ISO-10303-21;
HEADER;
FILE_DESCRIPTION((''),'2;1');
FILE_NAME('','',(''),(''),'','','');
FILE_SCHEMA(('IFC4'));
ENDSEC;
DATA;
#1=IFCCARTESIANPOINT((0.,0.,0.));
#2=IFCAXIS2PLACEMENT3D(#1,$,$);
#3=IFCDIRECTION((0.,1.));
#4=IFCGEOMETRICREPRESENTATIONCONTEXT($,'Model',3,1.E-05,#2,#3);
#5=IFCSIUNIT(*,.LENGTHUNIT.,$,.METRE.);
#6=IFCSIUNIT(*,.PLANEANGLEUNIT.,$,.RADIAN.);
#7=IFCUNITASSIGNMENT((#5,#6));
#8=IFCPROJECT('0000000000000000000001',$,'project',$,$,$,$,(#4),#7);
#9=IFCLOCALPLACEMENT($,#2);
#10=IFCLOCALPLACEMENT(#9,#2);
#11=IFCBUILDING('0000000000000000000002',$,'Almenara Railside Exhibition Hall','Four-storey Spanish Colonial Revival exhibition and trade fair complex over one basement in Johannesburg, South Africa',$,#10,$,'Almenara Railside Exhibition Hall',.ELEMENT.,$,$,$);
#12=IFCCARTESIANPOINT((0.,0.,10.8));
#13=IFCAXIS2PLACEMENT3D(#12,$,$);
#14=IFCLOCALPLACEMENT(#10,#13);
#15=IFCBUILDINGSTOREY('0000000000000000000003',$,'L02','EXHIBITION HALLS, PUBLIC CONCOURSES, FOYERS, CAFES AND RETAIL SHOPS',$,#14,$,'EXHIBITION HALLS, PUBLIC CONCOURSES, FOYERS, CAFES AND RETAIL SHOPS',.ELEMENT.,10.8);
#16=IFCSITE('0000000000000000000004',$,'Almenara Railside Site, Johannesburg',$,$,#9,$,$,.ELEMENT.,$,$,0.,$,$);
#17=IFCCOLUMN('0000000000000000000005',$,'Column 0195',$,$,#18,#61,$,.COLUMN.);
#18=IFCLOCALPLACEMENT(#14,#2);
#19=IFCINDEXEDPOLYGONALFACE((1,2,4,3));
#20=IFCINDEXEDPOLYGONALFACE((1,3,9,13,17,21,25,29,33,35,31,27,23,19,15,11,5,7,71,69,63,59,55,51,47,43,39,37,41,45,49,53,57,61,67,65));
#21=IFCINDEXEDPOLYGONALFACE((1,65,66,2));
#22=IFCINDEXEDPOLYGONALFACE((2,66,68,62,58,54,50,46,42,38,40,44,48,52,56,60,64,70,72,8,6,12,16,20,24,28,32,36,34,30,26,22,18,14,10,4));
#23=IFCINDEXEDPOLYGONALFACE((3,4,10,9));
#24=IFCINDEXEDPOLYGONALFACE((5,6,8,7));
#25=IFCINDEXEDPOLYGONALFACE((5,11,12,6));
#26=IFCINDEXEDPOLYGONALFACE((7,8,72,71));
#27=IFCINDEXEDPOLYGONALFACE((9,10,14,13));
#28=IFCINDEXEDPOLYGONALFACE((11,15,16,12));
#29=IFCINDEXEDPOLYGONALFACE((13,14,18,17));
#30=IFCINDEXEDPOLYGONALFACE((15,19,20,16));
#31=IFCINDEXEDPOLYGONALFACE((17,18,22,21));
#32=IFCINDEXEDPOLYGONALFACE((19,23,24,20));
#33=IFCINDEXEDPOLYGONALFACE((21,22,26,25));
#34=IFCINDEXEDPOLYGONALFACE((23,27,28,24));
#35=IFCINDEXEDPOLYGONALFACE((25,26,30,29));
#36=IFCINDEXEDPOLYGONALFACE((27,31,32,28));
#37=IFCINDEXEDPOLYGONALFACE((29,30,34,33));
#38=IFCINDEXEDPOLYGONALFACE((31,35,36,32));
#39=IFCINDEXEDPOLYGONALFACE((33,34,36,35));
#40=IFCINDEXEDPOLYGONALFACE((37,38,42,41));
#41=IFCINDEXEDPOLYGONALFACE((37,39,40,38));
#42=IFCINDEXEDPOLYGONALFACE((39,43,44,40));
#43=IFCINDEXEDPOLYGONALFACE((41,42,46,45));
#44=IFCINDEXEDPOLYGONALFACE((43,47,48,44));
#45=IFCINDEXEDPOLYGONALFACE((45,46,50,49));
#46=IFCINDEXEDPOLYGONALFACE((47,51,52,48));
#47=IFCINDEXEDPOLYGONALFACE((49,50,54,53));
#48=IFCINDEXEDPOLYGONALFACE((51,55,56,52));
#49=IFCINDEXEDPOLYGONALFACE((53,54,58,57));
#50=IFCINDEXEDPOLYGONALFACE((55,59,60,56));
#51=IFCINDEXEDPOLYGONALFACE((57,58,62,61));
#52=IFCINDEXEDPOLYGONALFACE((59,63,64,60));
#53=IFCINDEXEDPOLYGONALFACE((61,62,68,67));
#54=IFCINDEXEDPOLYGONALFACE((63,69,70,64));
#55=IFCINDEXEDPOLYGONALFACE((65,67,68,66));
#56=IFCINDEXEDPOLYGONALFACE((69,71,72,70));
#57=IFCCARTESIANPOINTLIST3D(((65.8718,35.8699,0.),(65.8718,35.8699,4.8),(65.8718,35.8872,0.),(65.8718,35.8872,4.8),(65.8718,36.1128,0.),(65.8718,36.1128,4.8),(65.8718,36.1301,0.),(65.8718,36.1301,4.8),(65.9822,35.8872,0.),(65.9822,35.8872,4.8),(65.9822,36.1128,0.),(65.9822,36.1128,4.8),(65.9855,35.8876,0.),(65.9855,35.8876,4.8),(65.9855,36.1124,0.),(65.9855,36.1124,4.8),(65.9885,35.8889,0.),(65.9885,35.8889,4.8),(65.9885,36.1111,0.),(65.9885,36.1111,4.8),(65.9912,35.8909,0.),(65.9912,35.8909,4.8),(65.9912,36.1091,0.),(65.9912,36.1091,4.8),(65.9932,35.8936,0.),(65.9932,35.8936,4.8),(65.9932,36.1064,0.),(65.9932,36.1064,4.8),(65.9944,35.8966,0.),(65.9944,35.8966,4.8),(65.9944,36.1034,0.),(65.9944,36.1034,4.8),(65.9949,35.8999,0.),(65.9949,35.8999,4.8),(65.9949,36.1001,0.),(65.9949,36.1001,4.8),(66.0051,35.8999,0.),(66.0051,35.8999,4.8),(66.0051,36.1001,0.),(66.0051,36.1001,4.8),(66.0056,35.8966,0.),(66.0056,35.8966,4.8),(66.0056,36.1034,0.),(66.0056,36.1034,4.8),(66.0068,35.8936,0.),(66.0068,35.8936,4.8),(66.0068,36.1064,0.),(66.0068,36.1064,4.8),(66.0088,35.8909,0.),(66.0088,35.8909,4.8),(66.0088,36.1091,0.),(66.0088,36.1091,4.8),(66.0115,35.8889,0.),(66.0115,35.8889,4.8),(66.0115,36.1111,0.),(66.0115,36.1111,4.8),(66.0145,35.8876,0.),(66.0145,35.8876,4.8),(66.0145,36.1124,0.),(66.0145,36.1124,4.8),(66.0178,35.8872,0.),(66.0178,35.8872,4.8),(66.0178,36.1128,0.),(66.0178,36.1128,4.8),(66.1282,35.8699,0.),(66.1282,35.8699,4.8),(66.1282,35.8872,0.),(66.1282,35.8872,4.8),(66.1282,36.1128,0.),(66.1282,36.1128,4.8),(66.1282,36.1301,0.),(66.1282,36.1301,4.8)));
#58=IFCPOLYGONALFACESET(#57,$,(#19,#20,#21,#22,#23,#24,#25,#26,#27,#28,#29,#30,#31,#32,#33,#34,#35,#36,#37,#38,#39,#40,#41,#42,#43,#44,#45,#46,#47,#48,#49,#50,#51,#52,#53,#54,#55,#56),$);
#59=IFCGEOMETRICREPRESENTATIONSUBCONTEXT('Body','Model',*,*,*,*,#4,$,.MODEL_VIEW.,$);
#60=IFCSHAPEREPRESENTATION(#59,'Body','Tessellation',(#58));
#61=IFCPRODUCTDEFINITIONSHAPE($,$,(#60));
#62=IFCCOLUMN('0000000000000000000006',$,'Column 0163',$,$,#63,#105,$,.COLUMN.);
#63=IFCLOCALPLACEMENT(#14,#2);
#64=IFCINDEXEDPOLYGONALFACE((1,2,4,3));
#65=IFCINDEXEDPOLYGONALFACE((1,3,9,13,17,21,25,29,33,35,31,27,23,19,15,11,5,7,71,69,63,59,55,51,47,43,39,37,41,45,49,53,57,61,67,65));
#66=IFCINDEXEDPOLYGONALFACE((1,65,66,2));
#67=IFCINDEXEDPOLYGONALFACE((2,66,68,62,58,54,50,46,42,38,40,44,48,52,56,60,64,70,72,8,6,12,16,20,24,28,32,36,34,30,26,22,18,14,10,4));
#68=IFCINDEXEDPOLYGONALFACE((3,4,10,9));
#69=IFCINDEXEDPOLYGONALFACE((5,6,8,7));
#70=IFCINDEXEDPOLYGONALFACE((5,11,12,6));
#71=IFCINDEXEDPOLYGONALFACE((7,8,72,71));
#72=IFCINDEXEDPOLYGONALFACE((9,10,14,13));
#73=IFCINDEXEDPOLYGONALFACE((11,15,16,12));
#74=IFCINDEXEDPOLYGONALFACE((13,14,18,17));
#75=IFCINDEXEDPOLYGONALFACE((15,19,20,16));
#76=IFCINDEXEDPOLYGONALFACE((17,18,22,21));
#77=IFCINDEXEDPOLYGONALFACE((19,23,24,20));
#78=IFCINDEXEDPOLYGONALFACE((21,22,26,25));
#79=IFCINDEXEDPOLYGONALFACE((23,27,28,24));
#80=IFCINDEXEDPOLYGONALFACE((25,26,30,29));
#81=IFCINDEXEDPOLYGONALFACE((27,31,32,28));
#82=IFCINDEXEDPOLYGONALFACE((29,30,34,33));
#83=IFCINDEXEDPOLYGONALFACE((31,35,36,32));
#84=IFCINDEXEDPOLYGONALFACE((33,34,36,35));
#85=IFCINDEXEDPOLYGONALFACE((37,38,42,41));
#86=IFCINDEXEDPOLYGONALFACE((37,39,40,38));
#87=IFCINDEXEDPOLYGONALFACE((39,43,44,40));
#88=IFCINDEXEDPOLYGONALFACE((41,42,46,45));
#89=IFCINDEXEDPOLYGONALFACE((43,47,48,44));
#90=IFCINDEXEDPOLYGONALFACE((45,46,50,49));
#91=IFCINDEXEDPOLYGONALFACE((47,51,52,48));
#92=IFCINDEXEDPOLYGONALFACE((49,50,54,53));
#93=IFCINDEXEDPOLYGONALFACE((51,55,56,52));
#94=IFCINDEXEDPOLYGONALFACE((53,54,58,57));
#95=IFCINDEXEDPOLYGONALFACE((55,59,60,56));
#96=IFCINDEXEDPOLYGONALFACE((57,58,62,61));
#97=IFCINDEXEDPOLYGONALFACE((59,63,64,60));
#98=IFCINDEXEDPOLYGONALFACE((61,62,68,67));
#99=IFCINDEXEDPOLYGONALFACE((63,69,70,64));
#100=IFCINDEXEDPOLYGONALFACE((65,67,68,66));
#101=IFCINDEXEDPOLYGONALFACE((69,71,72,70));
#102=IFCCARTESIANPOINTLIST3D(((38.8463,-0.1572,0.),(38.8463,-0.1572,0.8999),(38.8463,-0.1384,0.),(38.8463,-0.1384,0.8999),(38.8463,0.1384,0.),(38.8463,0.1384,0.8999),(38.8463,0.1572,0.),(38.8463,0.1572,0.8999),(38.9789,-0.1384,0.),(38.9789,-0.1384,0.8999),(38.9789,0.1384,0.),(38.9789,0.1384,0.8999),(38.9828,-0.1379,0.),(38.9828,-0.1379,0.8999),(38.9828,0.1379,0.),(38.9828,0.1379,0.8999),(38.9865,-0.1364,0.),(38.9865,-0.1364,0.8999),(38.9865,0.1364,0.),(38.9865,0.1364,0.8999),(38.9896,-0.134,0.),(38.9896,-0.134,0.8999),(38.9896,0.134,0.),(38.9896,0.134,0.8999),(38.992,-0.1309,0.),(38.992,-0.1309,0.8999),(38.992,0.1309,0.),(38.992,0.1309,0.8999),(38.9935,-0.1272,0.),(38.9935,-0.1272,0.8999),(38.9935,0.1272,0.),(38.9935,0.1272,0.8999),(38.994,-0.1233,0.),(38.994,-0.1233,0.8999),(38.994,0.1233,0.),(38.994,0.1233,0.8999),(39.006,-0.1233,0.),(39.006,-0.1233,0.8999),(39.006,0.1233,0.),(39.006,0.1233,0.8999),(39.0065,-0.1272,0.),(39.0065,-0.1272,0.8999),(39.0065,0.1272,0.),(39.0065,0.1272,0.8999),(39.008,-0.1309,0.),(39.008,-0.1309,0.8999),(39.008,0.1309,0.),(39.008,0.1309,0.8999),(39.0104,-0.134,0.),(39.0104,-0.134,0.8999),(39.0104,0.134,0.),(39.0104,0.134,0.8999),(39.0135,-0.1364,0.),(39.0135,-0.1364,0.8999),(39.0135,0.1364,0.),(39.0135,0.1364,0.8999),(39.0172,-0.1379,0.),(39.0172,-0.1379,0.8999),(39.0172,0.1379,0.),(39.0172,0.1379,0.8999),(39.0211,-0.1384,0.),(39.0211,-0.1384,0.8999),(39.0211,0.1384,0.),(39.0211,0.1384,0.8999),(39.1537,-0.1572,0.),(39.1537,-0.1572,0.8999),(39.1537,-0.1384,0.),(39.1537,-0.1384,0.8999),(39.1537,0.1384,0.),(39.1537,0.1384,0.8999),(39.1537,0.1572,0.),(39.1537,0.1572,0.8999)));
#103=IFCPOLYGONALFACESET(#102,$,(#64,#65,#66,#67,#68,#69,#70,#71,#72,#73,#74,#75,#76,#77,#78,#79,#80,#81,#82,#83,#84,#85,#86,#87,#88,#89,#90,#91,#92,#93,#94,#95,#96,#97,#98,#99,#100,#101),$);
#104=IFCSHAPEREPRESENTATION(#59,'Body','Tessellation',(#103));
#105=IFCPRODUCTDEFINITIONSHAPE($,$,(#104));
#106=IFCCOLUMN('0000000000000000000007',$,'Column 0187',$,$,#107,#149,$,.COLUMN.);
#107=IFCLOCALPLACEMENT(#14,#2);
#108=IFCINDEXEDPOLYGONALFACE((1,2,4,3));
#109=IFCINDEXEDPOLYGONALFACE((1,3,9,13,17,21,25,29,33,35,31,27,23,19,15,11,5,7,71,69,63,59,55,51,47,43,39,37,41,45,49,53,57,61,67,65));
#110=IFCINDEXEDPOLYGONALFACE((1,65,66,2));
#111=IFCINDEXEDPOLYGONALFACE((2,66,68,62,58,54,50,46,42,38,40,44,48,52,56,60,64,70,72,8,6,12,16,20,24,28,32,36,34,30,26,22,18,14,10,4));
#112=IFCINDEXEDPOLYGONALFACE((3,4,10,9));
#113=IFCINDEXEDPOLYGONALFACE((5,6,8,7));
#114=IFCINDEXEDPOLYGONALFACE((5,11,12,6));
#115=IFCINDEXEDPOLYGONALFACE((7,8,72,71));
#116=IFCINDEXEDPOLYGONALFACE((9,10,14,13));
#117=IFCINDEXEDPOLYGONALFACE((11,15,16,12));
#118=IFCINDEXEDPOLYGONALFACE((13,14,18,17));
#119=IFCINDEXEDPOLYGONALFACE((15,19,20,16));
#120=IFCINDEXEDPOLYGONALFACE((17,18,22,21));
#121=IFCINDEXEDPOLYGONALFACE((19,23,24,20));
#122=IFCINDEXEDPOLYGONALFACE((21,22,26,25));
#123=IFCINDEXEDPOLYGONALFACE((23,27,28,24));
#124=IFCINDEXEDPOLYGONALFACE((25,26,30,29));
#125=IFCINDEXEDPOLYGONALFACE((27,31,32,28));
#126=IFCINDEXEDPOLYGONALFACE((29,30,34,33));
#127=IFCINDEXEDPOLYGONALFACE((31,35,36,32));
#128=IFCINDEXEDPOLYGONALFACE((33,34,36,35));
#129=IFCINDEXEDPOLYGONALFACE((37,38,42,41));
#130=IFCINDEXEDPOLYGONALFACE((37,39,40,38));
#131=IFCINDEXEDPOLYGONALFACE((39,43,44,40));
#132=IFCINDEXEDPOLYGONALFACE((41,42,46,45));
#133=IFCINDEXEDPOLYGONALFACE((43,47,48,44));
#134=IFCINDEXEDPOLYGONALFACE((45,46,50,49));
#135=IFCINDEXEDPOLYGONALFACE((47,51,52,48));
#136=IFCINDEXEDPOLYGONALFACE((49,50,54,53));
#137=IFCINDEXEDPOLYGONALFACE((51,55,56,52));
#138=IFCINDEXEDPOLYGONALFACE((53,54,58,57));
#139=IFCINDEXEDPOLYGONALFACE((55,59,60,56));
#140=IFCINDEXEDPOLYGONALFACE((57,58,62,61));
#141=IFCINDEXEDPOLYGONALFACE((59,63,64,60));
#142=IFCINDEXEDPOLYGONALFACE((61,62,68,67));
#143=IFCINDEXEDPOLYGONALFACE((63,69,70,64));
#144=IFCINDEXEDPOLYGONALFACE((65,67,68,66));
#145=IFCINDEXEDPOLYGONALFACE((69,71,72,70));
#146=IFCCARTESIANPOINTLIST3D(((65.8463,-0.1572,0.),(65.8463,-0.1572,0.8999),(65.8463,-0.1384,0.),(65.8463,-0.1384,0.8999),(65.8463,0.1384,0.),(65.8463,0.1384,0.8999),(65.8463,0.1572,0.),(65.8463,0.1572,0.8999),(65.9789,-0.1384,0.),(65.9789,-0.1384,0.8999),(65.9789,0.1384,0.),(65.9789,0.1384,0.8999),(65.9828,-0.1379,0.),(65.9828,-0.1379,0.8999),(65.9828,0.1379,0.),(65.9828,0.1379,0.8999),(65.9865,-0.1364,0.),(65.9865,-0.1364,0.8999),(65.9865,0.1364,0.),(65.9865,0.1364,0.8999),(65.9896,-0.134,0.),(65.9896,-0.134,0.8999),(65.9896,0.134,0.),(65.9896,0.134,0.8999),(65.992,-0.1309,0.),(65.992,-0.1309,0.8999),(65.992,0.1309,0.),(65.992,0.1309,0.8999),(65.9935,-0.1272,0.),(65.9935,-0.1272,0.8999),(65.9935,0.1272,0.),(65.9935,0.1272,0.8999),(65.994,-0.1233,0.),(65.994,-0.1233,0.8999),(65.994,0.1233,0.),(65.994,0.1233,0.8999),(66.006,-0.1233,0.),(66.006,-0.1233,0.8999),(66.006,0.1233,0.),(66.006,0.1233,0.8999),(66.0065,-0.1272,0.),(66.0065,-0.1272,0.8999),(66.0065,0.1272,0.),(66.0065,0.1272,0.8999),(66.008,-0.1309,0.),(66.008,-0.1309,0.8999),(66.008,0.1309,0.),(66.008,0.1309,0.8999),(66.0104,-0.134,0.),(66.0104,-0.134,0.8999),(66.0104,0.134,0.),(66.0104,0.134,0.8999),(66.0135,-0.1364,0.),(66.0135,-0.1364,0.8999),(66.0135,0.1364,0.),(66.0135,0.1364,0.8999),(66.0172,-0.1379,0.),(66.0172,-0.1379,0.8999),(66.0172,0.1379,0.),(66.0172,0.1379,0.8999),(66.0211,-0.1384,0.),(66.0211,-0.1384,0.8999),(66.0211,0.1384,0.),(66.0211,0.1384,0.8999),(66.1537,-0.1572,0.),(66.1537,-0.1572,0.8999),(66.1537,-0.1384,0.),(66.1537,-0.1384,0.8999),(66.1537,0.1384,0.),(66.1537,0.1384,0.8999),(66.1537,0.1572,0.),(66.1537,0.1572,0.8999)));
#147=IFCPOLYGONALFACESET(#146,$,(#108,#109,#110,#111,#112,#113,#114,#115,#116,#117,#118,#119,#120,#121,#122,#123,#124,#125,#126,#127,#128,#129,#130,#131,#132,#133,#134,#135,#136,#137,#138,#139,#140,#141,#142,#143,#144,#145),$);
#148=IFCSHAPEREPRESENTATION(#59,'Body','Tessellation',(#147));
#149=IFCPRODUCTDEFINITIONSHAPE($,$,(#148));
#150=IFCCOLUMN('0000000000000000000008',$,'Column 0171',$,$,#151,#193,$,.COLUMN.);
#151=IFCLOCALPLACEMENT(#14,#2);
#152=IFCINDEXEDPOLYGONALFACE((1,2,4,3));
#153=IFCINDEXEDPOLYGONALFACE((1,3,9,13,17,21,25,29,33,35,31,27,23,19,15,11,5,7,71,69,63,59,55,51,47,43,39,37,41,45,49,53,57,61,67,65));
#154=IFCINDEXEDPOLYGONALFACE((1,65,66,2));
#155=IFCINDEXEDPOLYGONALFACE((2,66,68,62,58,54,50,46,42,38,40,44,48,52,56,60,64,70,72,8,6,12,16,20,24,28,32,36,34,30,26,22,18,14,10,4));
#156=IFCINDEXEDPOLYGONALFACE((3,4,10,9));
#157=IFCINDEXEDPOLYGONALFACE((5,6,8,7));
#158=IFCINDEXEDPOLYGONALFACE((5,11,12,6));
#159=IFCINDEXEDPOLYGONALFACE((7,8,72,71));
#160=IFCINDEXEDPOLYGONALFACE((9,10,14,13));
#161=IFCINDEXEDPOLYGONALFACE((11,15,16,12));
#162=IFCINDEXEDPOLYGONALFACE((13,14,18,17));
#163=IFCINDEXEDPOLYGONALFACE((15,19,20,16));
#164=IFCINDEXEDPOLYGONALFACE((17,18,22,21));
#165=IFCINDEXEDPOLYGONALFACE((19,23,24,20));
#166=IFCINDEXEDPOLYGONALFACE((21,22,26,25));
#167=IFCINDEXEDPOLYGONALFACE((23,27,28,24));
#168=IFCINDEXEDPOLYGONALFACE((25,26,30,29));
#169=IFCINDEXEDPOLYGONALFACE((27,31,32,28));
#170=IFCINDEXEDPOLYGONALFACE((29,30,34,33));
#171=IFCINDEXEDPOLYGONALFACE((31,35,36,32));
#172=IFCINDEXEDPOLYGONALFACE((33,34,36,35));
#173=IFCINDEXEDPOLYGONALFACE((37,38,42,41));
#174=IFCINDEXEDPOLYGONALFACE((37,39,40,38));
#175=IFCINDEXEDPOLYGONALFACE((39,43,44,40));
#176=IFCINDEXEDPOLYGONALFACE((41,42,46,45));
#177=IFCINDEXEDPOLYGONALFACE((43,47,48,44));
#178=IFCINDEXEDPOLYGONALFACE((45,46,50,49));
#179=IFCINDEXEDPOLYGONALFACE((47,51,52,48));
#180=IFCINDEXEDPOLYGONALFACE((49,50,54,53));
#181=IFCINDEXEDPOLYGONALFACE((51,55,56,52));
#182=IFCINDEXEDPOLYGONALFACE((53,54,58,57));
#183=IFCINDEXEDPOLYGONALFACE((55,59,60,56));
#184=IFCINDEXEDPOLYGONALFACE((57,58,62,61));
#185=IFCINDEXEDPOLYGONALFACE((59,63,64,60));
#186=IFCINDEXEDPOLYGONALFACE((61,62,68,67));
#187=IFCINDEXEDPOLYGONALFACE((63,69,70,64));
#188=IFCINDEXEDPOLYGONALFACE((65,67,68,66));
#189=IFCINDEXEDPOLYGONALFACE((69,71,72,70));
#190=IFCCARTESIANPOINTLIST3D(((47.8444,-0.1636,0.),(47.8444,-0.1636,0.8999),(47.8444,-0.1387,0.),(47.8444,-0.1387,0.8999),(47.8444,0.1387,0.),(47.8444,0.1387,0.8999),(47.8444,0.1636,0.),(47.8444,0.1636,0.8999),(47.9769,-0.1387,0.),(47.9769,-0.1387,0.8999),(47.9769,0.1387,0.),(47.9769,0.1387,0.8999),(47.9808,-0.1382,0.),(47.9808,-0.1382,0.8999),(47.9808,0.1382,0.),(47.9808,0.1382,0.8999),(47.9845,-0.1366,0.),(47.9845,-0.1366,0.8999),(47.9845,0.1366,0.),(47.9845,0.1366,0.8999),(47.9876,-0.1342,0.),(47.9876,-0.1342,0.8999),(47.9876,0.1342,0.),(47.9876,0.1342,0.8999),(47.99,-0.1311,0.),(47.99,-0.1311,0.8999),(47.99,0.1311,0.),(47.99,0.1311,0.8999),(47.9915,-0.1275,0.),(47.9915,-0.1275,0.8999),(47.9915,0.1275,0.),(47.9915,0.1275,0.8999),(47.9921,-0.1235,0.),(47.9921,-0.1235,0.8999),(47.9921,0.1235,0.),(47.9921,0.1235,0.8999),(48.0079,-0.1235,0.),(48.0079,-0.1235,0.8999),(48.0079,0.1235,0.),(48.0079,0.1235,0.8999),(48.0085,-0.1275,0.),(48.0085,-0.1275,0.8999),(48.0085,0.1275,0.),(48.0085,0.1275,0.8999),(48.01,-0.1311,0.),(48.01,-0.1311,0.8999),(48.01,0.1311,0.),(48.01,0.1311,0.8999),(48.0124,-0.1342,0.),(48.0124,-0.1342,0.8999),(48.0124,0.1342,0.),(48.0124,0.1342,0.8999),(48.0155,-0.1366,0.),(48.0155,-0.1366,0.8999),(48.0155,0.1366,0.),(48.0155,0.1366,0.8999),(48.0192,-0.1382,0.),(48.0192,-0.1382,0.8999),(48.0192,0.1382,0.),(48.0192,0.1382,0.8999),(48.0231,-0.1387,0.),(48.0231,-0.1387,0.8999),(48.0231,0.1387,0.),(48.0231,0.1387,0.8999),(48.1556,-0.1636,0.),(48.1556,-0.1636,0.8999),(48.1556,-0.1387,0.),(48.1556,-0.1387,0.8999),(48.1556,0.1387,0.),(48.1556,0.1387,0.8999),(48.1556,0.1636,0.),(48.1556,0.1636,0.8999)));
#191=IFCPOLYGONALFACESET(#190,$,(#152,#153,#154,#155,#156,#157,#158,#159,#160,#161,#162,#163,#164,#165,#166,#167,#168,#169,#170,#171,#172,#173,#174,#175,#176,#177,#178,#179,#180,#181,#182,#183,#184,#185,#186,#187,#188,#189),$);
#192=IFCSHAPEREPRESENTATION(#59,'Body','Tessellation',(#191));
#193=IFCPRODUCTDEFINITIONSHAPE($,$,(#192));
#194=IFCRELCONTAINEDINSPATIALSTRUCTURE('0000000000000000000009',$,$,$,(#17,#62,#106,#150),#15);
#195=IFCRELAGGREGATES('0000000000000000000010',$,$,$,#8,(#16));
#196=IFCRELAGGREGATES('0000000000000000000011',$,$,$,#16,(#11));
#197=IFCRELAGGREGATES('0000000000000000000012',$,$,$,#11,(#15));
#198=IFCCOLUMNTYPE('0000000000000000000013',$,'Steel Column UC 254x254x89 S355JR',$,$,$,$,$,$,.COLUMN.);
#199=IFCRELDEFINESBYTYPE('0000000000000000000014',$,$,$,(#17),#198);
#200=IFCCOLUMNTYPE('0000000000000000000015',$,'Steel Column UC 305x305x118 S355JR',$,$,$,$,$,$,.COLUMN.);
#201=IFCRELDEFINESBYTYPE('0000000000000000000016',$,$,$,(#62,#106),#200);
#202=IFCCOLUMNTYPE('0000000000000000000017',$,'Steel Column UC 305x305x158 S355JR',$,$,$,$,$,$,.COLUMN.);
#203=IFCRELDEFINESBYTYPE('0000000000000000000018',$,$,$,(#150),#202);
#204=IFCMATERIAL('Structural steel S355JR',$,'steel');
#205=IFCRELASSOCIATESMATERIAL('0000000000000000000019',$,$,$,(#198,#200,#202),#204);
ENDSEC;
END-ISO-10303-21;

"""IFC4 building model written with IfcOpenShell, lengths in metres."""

from ifc_helpers import new_model, si_unit, direction, frame, origin, origin_2d, place, context, subcontext, project, spatial, i_section, extrude, material, material_profile, profile_set, type_object, element, save


model = new_model("IFC4")

# Units and contexts
model_context = context("Model", 3, precision=1e-05, world=origin(), true_north=direction((0.0, 1.0)))
body_context = subcontext(model_context, "Body", "Model", "MODEL_VIEW")
ifc_project = project(units=[si_unit("LENGTHUNIT", "METRE"), si_unit("PLANEANGLEUNIT", "RADIAN")], contexts=[model_context])

# Site, building, storey
site_placement = place(None, origin())
site = spatial("IfcSite", under=ifc_project, at=site_placement, Name="Almenara Railside Site, Johannesburg", CompositionType="ELEMENT", RefElevation=0.0)
building_placement = place(site_placement, origin())
building = spatial("IfcBuilding", under=site, at=building_placement, Name="Almenara Railside Exhibition Hall", Description="Four-storey Spanish Colonial Revival exhibition and trade fair complex over one basement in Johannesburg, South Africa", LongName="Almenara Railside Exhibition Hall", CompositionType="ELEMENT")
storey_placement = place(building_placement, frame((0.0, 0.0, 10.8)))
storey = spatial("IfcBuildingStorey", under=building, at=storey_placement, Name="L02", Description="EXHIBITION HALLS, PUBLIC CONCOURSES, FOYERS, CAFES AND RETAIL SHOPS", LongName="EXHIBITION HALLS, PUBLIC CONCOURSES, FOYERS, CAFES AND RETAIL SHOPS", CompositionType="ELEMENT", Elevation=10.8)

# Columns
ifc_material_1 = material(Name="Structural steel S355JR", Category="steel")
ifc_material_profile_1 = material_profile(ifc_material_1, i_section(OverallWidth=0.2563, OverallDepth=0.2603, WebThickness=0.0103, FlangeThickness=0.0173, FilletRadius=0.0127, at=origin_2d()), Name="UC 254x254x89")
ifc_profile_set_1 = profile_set([ifc_material_profile_1], Name="Structural steel S355JR")
column_type_1 = type_object("IfcColumnType", Name="Steel Column UC 254x254x89 S355JR", PredefinedType="COLUMN", material=ifc_profile_set_1)
column_placement = place(storey_placement, frame((66.0, 36.0, 0.0), z_axis=(0.0, 0.0, 1.0), x_axis=(1.0, 0.0, 0.0)))
element("IfcColumn", 1, at=column_placement, inside=storey, type_object=column_type_1, Name="Column 0195", PredefinedType="COLUMN", context=body_context, shape_type="SweptSolid", body=[
    extrude(i_section(OverallWidth=0.2563, OverallDepth=0.2603, WebThickness=0.0103, FlangeThickness=0.0173, FilletRadius=0.0127, at=origin_2d()), origin(), (0.0, 0.0, 1.0), 4.8),
])
ifc_material_profile_2 = material_profile(ifc_material_1, i_section(OverallWidth=0.3074, OverallDepth=0.3145, WebThickness=0.012, FlangeThickness=0.0188, FilletRadius=0.0151, at=origin_2d()), Name="UC 305x305x118")
ifc_profile_set_2 = profile_set([ifc_material_profile_2], Name="Structural steel S355JR")
column_type_2 = type_object("IfcColumnType", Name="Steel Column UC 305x305x118 S355JR", PredefinedType="COLUMN", material=ifc_profile_set_2)
for number, where, z_axis, x_axis, name in (
    (2, (39.0, 0.0, 0.0), (0.0, 0.0, 1.0), (1.0, 0.0, 0.0), "Column 0163"),
    (3, (66.0, 0.0, 0.0), (0.0, 0.0, 1.0), (1.0, 0.0, 0.0), "Column 0187"),
):
    element("IfcColumn", number, at=place(storey_placement, frame(where, z_axis=z_axis, x_axis=x_axis)), inside=storey, type_object=column_type_2, Name=name, PredefinedType="COLUMN", context=body_context, shape_type="SweptSolid", body=[
        extrude(i_section(OverallWidth=0.3074, OverallDepth=0.3145, WebThickness=0.012, FlangeThickness=0.0188, FilletRadius=0.0151, at=origin_2d()), origin(), (0.0, 0.0, 1.0), 0.8999),
    ])
ifc_material_profile_3 = material_profile(ifc_material_1, i_section(OverallWidth=0.3113, OverallDepth=0.3271, WebThickness=0.0159, FlangeThickness=0.0249, FilletRadius=0.0151, at=origin_2d()), Name="UC 305x305x158")
ifc_profile_set_3 = profile_set([ifc_material_profile_3], Name="Structural steel S355JR")
column_type_3 = type_object("IfcColumnType", Name="Steel Column UC 305x305x158 S355JR", PredefinedType="COLUMN", material=ifc_profile_set_3)
for number, where, z_axis, x_axis, name in (
    (4, (48.0, 0.0, 0.0), (0.0, 0.0, 1.0), (1.0, 0.0, 0.0), "Column 0171"),
):
    element("IfcColumn", number, at=place(storey_placement, frame(where, z_axis=z_axis, x_axis=x_axis)), inside=storey, type_object=column_type_3, Name=name, PredefinedType="COLUMN", context=body_context, shape_type="SweptSolid", body=[
        extrude(i_section(OverallWidth=0.3113, OverallDepth=0.3271, WebThickness=0.0159, FlangeThickness=0.0249, FilletRadius=0.0151, at=origin_2d()), origin(), (0.0, 0.0, 1.0), 0.8999),
    ])

save(model, "model.ifc")
